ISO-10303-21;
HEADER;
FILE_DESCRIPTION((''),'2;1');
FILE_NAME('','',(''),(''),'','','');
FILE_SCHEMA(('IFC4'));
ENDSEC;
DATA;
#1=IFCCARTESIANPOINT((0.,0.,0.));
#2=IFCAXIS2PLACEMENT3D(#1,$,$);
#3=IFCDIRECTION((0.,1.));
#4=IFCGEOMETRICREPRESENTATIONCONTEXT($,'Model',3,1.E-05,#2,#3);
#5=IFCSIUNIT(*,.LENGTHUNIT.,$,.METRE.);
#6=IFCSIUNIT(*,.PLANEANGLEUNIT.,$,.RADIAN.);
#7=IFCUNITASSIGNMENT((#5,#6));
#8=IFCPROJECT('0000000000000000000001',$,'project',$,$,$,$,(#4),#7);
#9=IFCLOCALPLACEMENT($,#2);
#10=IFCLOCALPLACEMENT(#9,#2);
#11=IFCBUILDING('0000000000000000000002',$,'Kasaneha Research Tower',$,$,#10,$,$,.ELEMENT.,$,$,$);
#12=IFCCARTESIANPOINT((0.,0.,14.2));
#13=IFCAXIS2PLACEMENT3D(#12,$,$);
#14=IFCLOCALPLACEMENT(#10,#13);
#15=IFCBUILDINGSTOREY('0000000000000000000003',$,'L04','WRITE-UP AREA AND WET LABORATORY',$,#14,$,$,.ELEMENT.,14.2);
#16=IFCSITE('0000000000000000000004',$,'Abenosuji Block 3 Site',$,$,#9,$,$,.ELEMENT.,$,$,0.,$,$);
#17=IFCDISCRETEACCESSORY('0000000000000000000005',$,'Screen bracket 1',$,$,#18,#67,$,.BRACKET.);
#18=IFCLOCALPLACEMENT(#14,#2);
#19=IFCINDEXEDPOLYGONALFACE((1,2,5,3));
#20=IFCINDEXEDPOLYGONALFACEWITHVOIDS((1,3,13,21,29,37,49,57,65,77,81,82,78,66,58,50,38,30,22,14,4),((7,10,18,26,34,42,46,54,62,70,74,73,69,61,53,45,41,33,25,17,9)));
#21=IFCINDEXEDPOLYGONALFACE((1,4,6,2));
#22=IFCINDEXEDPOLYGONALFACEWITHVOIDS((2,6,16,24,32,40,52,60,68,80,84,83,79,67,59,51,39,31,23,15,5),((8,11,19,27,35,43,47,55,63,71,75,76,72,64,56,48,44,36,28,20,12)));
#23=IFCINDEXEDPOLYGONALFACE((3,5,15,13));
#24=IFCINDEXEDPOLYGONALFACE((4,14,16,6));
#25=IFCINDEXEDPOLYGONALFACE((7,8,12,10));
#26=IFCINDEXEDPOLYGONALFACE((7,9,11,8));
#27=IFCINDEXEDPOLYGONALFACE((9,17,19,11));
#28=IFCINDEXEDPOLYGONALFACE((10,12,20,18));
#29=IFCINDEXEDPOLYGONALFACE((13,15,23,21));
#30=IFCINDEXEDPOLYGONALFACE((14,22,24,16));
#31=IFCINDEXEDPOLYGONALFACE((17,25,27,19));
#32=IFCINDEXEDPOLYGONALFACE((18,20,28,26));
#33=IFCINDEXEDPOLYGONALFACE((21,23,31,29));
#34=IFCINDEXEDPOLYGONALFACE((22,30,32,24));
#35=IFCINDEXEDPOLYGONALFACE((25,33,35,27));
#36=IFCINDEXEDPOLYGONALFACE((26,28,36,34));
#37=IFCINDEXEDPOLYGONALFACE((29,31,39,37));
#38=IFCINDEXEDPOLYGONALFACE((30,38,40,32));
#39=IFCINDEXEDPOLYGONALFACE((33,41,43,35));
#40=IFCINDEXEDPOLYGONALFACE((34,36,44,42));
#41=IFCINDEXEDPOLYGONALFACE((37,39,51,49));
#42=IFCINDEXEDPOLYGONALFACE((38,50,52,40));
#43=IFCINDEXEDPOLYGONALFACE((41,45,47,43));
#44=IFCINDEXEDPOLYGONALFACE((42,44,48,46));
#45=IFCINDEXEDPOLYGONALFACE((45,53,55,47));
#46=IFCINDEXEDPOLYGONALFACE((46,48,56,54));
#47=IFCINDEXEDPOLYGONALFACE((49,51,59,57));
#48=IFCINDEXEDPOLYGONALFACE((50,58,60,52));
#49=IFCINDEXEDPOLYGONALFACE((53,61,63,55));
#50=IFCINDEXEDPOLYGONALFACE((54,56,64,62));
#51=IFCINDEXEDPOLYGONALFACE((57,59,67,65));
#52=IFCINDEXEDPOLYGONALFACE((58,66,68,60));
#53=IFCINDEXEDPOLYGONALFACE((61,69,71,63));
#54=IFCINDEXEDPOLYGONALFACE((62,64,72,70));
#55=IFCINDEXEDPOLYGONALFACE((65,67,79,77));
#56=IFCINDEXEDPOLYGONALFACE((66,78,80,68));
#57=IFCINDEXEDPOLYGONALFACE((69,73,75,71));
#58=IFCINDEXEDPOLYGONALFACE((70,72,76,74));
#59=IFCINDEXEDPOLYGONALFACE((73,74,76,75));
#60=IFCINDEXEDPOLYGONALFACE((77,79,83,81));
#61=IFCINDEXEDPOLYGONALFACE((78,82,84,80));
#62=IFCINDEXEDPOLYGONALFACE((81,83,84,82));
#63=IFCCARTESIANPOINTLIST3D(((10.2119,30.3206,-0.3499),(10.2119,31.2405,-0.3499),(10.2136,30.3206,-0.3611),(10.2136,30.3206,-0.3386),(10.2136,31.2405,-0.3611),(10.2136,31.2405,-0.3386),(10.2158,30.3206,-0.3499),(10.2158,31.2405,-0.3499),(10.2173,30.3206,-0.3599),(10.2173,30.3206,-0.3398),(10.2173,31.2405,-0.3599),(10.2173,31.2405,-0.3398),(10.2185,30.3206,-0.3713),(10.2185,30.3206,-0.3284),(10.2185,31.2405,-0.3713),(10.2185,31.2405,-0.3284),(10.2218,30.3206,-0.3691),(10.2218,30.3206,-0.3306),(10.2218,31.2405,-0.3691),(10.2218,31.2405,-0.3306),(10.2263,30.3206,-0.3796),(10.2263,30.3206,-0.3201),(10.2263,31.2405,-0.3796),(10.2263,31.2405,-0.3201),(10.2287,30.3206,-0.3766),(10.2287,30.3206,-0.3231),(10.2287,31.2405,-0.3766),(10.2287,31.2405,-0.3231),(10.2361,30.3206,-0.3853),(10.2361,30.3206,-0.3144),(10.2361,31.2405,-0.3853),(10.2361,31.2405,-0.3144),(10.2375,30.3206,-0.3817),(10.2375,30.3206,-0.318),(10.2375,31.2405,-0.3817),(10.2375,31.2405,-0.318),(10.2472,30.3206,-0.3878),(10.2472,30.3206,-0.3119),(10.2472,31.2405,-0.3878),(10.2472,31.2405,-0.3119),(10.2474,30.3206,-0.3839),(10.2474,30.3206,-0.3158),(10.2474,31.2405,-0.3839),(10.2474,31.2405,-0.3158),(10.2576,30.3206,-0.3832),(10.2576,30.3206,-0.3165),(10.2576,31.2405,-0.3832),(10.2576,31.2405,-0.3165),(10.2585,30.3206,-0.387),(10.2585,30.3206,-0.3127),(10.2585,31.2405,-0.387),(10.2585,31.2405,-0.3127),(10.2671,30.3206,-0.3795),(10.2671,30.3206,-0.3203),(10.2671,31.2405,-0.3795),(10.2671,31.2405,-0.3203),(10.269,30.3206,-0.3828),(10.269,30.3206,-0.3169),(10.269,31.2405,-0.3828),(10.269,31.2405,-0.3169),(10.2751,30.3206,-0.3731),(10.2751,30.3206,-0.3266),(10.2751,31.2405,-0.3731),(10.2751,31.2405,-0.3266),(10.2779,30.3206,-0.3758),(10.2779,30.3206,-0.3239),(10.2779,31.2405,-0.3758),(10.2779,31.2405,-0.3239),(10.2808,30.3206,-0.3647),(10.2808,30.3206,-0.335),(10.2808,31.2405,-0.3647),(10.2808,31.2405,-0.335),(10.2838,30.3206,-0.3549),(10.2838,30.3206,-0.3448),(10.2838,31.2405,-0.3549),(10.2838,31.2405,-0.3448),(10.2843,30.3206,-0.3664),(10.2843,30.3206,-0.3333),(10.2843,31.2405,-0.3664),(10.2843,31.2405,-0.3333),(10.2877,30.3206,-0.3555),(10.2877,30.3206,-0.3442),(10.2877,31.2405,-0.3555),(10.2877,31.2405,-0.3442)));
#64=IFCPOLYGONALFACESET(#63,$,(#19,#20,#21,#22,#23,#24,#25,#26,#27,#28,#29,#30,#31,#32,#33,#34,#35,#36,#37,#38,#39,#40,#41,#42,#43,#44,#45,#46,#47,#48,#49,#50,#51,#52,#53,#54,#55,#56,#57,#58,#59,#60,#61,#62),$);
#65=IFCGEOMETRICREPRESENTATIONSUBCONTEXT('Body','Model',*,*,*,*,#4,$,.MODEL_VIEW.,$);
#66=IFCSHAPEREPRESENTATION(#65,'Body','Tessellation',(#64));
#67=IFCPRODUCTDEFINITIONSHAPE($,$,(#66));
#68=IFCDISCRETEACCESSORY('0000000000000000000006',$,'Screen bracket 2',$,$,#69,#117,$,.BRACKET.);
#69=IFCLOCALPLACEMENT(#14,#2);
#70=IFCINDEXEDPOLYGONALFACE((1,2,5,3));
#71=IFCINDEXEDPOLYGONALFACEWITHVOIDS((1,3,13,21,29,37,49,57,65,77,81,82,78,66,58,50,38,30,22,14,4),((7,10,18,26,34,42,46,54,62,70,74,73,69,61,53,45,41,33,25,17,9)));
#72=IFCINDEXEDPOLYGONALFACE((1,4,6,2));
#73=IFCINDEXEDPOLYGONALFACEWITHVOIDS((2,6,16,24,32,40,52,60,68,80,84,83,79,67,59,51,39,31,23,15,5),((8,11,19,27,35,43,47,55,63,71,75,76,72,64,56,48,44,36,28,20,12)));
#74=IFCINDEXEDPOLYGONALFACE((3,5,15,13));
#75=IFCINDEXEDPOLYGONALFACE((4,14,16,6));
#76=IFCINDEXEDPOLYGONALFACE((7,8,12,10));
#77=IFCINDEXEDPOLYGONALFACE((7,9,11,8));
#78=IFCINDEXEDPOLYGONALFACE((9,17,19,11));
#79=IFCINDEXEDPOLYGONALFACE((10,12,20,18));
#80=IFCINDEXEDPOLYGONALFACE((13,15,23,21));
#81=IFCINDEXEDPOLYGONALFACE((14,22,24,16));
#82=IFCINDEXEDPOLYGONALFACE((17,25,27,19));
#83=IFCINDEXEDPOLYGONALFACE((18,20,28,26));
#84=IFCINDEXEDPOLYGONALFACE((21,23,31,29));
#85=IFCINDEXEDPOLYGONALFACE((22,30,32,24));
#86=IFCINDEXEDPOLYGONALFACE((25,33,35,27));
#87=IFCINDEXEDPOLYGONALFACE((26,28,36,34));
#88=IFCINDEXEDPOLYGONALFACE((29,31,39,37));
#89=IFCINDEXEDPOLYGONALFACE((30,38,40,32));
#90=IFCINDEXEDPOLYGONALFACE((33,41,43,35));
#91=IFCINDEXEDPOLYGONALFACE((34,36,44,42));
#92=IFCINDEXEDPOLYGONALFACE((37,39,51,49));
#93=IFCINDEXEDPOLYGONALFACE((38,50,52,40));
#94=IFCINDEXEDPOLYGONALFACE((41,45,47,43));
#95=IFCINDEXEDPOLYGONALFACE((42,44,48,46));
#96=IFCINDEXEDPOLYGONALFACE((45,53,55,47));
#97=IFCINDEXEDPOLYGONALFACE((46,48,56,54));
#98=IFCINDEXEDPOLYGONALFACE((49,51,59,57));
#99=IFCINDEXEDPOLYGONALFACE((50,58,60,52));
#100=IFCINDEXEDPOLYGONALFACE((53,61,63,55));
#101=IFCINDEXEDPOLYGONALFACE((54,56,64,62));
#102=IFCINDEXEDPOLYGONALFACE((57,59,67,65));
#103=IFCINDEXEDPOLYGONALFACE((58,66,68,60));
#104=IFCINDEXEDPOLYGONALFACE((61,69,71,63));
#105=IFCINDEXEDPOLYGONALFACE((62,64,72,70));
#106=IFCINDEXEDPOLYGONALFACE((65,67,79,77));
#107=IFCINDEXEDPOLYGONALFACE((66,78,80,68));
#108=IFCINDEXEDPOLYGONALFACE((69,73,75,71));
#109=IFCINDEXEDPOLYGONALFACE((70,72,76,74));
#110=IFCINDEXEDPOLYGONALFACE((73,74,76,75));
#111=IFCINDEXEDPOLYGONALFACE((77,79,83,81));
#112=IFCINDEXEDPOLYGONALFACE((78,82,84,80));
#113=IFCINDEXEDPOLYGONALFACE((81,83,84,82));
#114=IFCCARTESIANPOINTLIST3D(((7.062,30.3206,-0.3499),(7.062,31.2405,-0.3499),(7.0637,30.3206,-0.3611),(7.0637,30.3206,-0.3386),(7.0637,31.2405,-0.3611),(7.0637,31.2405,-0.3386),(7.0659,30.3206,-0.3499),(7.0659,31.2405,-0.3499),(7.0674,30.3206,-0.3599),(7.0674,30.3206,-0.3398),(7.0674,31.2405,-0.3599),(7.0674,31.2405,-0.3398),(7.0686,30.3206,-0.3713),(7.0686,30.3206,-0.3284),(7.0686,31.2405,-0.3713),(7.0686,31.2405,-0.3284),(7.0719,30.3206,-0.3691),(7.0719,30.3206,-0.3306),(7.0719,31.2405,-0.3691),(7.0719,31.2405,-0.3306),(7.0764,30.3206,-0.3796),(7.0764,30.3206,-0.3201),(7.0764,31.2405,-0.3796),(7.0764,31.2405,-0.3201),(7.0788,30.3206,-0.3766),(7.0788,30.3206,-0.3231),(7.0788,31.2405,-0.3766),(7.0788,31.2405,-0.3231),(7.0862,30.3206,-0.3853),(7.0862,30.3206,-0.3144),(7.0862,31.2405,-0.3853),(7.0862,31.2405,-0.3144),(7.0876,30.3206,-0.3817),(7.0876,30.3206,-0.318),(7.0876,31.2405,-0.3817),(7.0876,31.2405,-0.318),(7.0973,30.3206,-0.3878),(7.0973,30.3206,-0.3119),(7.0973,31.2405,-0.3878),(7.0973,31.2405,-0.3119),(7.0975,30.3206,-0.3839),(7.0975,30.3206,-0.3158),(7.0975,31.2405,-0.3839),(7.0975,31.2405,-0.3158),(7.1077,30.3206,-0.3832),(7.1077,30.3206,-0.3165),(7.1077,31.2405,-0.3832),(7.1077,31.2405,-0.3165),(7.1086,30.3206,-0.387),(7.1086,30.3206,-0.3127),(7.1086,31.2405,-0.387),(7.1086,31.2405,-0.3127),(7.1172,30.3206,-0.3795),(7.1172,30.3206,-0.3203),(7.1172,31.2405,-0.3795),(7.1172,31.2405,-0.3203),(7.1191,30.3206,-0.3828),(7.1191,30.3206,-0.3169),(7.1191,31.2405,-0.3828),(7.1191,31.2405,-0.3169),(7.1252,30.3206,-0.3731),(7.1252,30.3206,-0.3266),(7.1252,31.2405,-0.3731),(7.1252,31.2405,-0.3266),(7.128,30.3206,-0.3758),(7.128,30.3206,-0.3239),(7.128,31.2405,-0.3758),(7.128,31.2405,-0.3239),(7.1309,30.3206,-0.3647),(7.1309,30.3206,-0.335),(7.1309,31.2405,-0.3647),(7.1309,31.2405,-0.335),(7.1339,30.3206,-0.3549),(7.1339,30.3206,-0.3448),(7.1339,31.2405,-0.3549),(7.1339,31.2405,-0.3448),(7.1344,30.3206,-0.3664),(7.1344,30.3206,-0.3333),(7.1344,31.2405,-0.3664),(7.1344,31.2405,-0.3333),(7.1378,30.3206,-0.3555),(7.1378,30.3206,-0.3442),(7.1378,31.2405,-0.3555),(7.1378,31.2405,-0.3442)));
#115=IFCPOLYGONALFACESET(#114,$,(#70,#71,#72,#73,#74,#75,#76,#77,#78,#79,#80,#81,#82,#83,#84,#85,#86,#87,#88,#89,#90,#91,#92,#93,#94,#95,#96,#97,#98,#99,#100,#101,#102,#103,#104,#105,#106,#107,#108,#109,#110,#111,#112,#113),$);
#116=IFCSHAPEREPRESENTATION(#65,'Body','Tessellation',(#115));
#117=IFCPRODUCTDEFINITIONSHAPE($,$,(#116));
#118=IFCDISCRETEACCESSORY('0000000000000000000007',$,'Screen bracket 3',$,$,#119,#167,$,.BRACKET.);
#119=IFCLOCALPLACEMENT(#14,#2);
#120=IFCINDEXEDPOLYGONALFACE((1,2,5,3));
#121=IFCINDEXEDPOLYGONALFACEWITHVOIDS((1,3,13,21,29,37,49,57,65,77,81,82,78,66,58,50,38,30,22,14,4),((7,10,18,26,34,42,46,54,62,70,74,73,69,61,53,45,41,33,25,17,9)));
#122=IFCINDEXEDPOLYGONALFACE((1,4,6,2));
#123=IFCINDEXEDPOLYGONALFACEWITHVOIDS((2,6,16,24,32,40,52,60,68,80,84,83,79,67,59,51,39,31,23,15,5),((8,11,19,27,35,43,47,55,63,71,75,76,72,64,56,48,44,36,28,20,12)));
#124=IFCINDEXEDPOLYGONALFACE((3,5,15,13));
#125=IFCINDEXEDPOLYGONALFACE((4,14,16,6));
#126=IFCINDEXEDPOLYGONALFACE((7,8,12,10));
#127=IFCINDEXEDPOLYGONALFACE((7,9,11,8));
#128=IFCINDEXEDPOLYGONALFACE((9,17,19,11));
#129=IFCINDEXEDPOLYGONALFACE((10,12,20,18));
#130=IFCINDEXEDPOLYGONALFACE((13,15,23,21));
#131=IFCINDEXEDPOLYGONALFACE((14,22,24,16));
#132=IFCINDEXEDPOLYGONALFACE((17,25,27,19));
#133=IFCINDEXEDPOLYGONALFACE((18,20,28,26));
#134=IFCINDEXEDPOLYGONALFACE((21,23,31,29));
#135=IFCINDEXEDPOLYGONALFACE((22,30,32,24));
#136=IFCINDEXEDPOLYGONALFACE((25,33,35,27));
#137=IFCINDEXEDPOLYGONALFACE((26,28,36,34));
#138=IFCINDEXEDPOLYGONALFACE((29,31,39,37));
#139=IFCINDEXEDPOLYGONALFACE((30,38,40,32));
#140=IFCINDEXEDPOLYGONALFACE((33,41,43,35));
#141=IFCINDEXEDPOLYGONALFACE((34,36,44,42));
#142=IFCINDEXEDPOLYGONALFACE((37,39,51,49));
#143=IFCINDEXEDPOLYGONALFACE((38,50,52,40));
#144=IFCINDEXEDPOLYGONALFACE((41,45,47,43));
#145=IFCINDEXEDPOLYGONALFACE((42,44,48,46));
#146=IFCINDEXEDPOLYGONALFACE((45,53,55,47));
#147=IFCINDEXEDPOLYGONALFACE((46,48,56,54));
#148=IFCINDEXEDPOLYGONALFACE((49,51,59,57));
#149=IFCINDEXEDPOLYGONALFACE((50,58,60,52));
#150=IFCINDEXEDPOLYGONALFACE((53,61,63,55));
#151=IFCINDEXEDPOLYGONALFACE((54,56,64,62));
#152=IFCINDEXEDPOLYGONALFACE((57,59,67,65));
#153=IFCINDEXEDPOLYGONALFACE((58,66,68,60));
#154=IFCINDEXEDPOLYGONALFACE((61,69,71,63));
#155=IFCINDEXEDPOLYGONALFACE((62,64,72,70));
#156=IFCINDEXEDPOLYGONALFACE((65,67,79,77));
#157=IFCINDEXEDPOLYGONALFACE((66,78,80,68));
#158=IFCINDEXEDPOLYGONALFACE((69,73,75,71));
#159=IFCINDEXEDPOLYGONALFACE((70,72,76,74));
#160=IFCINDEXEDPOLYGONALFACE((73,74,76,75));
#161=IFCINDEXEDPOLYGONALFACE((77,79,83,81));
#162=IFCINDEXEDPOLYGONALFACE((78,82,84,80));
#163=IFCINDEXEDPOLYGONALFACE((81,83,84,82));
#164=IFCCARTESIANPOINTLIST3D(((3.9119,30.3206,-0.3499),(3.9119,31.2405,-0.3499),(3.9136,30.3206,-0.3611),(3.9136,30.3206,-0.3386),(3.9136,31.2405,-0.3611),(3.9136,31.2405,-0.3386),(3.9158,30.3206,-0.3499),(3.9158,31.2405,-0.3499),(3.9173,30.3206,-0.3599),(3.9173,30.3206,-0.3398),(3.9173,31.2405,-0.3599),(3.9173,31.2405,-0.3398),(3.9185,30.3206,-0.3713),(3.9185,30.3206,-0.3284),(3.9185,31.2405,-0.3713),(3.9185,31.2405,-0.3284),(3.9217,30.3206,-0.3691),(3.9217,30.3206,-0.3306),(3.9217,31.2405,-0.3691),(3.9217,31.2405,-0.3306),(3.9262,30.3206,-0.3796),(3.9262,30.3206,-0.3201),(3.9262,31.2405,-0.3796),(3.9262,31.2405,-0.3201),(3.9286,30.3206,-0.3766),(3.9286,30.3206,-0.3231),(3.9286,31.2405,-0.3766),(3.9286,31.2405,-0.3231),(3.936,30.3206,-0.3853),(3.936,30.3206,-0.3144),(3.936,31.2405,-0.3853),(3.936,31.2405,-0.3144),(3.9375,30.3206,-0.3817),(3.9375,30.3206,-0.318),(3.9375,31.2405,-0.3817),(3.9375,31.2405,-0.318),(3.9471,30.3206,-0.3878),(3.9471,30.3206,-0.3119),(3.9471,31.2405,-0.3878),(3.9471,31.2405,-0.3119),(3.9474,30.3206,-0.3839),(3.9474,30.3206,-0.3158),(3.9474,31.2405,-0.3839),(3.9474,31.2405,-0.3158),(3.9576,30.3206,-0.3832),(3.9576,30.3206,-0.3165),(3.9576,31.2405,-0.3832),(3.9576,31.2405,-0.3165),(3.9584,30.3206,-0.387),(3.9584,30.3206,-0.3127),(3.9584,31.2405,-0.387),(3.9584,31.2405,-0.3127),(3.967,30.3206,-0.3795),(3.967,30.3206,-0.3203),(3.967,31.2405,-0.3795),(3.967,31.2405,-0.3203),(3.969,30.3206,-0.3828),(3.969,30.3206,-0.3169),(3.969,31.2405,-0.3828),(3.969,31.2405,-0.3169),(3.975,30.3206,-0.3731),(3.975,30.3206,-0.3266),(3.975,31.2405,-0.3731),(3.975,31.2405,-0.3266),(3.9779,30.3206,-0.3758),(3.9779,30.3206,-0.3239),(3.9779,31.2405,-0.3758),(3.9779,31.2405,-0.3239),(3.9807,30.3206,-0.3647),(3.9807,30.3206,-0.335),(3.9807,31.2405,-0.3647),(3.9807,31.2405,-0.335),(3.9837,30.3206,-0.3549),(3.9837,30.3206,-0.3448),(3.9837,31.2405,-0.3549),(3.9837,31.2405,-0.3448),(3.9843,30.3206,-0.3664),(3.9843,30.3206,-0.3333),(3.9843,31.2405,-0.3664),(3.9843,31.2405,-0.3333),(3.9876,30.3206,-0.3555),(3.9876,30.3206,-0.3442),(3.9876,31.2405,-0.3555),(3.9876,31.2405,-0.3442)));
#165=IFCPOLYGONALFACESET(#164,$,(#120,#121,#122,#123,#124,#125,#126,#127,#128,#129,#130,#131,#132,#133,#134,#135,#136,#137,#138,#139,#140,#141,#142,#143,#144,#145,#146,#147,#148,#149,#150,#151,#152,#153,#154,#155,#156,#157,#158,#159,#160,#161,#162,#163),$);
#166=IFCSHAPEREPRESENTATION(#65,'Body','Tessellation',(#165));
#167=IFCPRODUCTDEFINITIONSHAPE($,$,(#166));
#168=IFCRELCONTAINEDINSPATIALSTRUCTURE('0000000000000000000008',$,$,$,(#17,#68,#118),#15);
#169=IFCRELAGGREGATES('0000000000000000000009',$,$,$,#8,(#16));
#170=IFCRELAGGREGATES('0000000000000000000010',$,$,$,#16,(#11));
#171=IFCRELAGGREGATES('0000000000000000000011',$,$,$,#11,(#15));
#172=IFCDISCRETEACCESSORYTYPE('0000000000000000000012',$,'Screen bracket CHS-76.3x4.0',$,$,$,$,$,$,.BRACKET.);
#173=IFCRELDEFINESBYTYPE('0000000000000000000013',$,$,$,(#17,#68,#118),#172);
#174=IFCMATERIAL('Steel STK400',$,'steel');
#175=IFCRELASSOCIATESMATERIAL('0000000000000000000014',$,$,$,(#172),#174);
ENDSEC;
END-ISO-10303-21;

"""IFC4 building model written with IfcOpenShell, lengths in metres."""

from ifc_helpers import new_model, si_unit, direction, frame, origin, origin_2d, place, context, subcontext, project, spatial, hollow_circle, extrude, material, material_profile, profile_set, type_object, element, save


model = new_model("IFC4")

# Units and contexts
model_context = context("Model", 3, precision=1e-05, world=origin(), true_north=direction((0.0, 1.0)))
body_context = subcontext(model_context, "Body", "Model", "MODEL_VIEW")
ifc_project = project(units=[si_unit("LENGTHUNIT", "METRE"), si_unit("PLANEANGLEUNIT", "RADIAN")], contexts=[model_context])

# Site, building, storey
site_placement = place(None, origin())
site = spatial("IfcSite", under=ifc_project, at=site_placement, Name="Abenosuji Block 3 Site", CompositionType="ELEMENT", RefElevation=0.0)
building_placement = place(site_placement, origin())
building = spatial("IfcBuilding", under=site, at=building_placement, Name="Kasaneha Research Tower", CompositionType="ELEMENT")
storey_placement = place(building_placement, frame((0.0, 0.0, 14.2)))
storey = spatial("IfcBuildingStorey", under=building, at=storey_placement, Name="L04", Description="WRITE-UP AREA AND WET LABORATORY", CompositionType="ELEMENT", Elevation=14.2)

# Discrete accessories
ifc_material_1 = material(Name="Steel STK400", Category="steel")
ifc_material_profile_1 = material_profile(ifc_material_1, hollow_circle(Radius=0.0381, WallThickness=0.0039, at=origin_2d()), Name="CHS-76.3x4.0")
ifc_profile_set_1 = profile_set([ifc_material_profile_1], Name="Steel STK400")
discrete_accessory_type = type_object("IfcDiscreteAccessoryType", Name="Screen bracket CHS-76.3x4.0", PredefinedType="BRACKET", material=ifc_profile_set_1)
for number, where, z_axis, x_axis, name in (
    (1, (10.25, 30.3206, -0.3499), (0.0, 1.0, 0.0), (-1.0, 0.0, 0.0), "Screen bracket 1"),
    (2, (7.1001, 30.3206, -0.3499), (0.0, 1.0, 0.0), (-1.0, 0.0, 0.0), "Screen bracket 2"),
    (3, (3.95, 30.3206, -0.3499), (0.0, 1.0, 0.0), (-1.0, 0.0, 0.0), "Screen bracket 3"),
):
    element("IfcDiscreteAccessory", number, at=place(storey_placement, frame(where, z_axis=z_axis, x_axis=x_axis)), inside=storey, type_object=discrete_accessory_type, Name=name, PredefinedType="BRACKET", context=body_context, shape_type="SweptSolid", body=[
        extrude(hollow_circle(Radius=0.0381, WallThickness=0.0039, at=origin_2d()), origin(), (0.0, 0.0, 1.0), 0.9199),
    ])

save(model, "model.ifc")
